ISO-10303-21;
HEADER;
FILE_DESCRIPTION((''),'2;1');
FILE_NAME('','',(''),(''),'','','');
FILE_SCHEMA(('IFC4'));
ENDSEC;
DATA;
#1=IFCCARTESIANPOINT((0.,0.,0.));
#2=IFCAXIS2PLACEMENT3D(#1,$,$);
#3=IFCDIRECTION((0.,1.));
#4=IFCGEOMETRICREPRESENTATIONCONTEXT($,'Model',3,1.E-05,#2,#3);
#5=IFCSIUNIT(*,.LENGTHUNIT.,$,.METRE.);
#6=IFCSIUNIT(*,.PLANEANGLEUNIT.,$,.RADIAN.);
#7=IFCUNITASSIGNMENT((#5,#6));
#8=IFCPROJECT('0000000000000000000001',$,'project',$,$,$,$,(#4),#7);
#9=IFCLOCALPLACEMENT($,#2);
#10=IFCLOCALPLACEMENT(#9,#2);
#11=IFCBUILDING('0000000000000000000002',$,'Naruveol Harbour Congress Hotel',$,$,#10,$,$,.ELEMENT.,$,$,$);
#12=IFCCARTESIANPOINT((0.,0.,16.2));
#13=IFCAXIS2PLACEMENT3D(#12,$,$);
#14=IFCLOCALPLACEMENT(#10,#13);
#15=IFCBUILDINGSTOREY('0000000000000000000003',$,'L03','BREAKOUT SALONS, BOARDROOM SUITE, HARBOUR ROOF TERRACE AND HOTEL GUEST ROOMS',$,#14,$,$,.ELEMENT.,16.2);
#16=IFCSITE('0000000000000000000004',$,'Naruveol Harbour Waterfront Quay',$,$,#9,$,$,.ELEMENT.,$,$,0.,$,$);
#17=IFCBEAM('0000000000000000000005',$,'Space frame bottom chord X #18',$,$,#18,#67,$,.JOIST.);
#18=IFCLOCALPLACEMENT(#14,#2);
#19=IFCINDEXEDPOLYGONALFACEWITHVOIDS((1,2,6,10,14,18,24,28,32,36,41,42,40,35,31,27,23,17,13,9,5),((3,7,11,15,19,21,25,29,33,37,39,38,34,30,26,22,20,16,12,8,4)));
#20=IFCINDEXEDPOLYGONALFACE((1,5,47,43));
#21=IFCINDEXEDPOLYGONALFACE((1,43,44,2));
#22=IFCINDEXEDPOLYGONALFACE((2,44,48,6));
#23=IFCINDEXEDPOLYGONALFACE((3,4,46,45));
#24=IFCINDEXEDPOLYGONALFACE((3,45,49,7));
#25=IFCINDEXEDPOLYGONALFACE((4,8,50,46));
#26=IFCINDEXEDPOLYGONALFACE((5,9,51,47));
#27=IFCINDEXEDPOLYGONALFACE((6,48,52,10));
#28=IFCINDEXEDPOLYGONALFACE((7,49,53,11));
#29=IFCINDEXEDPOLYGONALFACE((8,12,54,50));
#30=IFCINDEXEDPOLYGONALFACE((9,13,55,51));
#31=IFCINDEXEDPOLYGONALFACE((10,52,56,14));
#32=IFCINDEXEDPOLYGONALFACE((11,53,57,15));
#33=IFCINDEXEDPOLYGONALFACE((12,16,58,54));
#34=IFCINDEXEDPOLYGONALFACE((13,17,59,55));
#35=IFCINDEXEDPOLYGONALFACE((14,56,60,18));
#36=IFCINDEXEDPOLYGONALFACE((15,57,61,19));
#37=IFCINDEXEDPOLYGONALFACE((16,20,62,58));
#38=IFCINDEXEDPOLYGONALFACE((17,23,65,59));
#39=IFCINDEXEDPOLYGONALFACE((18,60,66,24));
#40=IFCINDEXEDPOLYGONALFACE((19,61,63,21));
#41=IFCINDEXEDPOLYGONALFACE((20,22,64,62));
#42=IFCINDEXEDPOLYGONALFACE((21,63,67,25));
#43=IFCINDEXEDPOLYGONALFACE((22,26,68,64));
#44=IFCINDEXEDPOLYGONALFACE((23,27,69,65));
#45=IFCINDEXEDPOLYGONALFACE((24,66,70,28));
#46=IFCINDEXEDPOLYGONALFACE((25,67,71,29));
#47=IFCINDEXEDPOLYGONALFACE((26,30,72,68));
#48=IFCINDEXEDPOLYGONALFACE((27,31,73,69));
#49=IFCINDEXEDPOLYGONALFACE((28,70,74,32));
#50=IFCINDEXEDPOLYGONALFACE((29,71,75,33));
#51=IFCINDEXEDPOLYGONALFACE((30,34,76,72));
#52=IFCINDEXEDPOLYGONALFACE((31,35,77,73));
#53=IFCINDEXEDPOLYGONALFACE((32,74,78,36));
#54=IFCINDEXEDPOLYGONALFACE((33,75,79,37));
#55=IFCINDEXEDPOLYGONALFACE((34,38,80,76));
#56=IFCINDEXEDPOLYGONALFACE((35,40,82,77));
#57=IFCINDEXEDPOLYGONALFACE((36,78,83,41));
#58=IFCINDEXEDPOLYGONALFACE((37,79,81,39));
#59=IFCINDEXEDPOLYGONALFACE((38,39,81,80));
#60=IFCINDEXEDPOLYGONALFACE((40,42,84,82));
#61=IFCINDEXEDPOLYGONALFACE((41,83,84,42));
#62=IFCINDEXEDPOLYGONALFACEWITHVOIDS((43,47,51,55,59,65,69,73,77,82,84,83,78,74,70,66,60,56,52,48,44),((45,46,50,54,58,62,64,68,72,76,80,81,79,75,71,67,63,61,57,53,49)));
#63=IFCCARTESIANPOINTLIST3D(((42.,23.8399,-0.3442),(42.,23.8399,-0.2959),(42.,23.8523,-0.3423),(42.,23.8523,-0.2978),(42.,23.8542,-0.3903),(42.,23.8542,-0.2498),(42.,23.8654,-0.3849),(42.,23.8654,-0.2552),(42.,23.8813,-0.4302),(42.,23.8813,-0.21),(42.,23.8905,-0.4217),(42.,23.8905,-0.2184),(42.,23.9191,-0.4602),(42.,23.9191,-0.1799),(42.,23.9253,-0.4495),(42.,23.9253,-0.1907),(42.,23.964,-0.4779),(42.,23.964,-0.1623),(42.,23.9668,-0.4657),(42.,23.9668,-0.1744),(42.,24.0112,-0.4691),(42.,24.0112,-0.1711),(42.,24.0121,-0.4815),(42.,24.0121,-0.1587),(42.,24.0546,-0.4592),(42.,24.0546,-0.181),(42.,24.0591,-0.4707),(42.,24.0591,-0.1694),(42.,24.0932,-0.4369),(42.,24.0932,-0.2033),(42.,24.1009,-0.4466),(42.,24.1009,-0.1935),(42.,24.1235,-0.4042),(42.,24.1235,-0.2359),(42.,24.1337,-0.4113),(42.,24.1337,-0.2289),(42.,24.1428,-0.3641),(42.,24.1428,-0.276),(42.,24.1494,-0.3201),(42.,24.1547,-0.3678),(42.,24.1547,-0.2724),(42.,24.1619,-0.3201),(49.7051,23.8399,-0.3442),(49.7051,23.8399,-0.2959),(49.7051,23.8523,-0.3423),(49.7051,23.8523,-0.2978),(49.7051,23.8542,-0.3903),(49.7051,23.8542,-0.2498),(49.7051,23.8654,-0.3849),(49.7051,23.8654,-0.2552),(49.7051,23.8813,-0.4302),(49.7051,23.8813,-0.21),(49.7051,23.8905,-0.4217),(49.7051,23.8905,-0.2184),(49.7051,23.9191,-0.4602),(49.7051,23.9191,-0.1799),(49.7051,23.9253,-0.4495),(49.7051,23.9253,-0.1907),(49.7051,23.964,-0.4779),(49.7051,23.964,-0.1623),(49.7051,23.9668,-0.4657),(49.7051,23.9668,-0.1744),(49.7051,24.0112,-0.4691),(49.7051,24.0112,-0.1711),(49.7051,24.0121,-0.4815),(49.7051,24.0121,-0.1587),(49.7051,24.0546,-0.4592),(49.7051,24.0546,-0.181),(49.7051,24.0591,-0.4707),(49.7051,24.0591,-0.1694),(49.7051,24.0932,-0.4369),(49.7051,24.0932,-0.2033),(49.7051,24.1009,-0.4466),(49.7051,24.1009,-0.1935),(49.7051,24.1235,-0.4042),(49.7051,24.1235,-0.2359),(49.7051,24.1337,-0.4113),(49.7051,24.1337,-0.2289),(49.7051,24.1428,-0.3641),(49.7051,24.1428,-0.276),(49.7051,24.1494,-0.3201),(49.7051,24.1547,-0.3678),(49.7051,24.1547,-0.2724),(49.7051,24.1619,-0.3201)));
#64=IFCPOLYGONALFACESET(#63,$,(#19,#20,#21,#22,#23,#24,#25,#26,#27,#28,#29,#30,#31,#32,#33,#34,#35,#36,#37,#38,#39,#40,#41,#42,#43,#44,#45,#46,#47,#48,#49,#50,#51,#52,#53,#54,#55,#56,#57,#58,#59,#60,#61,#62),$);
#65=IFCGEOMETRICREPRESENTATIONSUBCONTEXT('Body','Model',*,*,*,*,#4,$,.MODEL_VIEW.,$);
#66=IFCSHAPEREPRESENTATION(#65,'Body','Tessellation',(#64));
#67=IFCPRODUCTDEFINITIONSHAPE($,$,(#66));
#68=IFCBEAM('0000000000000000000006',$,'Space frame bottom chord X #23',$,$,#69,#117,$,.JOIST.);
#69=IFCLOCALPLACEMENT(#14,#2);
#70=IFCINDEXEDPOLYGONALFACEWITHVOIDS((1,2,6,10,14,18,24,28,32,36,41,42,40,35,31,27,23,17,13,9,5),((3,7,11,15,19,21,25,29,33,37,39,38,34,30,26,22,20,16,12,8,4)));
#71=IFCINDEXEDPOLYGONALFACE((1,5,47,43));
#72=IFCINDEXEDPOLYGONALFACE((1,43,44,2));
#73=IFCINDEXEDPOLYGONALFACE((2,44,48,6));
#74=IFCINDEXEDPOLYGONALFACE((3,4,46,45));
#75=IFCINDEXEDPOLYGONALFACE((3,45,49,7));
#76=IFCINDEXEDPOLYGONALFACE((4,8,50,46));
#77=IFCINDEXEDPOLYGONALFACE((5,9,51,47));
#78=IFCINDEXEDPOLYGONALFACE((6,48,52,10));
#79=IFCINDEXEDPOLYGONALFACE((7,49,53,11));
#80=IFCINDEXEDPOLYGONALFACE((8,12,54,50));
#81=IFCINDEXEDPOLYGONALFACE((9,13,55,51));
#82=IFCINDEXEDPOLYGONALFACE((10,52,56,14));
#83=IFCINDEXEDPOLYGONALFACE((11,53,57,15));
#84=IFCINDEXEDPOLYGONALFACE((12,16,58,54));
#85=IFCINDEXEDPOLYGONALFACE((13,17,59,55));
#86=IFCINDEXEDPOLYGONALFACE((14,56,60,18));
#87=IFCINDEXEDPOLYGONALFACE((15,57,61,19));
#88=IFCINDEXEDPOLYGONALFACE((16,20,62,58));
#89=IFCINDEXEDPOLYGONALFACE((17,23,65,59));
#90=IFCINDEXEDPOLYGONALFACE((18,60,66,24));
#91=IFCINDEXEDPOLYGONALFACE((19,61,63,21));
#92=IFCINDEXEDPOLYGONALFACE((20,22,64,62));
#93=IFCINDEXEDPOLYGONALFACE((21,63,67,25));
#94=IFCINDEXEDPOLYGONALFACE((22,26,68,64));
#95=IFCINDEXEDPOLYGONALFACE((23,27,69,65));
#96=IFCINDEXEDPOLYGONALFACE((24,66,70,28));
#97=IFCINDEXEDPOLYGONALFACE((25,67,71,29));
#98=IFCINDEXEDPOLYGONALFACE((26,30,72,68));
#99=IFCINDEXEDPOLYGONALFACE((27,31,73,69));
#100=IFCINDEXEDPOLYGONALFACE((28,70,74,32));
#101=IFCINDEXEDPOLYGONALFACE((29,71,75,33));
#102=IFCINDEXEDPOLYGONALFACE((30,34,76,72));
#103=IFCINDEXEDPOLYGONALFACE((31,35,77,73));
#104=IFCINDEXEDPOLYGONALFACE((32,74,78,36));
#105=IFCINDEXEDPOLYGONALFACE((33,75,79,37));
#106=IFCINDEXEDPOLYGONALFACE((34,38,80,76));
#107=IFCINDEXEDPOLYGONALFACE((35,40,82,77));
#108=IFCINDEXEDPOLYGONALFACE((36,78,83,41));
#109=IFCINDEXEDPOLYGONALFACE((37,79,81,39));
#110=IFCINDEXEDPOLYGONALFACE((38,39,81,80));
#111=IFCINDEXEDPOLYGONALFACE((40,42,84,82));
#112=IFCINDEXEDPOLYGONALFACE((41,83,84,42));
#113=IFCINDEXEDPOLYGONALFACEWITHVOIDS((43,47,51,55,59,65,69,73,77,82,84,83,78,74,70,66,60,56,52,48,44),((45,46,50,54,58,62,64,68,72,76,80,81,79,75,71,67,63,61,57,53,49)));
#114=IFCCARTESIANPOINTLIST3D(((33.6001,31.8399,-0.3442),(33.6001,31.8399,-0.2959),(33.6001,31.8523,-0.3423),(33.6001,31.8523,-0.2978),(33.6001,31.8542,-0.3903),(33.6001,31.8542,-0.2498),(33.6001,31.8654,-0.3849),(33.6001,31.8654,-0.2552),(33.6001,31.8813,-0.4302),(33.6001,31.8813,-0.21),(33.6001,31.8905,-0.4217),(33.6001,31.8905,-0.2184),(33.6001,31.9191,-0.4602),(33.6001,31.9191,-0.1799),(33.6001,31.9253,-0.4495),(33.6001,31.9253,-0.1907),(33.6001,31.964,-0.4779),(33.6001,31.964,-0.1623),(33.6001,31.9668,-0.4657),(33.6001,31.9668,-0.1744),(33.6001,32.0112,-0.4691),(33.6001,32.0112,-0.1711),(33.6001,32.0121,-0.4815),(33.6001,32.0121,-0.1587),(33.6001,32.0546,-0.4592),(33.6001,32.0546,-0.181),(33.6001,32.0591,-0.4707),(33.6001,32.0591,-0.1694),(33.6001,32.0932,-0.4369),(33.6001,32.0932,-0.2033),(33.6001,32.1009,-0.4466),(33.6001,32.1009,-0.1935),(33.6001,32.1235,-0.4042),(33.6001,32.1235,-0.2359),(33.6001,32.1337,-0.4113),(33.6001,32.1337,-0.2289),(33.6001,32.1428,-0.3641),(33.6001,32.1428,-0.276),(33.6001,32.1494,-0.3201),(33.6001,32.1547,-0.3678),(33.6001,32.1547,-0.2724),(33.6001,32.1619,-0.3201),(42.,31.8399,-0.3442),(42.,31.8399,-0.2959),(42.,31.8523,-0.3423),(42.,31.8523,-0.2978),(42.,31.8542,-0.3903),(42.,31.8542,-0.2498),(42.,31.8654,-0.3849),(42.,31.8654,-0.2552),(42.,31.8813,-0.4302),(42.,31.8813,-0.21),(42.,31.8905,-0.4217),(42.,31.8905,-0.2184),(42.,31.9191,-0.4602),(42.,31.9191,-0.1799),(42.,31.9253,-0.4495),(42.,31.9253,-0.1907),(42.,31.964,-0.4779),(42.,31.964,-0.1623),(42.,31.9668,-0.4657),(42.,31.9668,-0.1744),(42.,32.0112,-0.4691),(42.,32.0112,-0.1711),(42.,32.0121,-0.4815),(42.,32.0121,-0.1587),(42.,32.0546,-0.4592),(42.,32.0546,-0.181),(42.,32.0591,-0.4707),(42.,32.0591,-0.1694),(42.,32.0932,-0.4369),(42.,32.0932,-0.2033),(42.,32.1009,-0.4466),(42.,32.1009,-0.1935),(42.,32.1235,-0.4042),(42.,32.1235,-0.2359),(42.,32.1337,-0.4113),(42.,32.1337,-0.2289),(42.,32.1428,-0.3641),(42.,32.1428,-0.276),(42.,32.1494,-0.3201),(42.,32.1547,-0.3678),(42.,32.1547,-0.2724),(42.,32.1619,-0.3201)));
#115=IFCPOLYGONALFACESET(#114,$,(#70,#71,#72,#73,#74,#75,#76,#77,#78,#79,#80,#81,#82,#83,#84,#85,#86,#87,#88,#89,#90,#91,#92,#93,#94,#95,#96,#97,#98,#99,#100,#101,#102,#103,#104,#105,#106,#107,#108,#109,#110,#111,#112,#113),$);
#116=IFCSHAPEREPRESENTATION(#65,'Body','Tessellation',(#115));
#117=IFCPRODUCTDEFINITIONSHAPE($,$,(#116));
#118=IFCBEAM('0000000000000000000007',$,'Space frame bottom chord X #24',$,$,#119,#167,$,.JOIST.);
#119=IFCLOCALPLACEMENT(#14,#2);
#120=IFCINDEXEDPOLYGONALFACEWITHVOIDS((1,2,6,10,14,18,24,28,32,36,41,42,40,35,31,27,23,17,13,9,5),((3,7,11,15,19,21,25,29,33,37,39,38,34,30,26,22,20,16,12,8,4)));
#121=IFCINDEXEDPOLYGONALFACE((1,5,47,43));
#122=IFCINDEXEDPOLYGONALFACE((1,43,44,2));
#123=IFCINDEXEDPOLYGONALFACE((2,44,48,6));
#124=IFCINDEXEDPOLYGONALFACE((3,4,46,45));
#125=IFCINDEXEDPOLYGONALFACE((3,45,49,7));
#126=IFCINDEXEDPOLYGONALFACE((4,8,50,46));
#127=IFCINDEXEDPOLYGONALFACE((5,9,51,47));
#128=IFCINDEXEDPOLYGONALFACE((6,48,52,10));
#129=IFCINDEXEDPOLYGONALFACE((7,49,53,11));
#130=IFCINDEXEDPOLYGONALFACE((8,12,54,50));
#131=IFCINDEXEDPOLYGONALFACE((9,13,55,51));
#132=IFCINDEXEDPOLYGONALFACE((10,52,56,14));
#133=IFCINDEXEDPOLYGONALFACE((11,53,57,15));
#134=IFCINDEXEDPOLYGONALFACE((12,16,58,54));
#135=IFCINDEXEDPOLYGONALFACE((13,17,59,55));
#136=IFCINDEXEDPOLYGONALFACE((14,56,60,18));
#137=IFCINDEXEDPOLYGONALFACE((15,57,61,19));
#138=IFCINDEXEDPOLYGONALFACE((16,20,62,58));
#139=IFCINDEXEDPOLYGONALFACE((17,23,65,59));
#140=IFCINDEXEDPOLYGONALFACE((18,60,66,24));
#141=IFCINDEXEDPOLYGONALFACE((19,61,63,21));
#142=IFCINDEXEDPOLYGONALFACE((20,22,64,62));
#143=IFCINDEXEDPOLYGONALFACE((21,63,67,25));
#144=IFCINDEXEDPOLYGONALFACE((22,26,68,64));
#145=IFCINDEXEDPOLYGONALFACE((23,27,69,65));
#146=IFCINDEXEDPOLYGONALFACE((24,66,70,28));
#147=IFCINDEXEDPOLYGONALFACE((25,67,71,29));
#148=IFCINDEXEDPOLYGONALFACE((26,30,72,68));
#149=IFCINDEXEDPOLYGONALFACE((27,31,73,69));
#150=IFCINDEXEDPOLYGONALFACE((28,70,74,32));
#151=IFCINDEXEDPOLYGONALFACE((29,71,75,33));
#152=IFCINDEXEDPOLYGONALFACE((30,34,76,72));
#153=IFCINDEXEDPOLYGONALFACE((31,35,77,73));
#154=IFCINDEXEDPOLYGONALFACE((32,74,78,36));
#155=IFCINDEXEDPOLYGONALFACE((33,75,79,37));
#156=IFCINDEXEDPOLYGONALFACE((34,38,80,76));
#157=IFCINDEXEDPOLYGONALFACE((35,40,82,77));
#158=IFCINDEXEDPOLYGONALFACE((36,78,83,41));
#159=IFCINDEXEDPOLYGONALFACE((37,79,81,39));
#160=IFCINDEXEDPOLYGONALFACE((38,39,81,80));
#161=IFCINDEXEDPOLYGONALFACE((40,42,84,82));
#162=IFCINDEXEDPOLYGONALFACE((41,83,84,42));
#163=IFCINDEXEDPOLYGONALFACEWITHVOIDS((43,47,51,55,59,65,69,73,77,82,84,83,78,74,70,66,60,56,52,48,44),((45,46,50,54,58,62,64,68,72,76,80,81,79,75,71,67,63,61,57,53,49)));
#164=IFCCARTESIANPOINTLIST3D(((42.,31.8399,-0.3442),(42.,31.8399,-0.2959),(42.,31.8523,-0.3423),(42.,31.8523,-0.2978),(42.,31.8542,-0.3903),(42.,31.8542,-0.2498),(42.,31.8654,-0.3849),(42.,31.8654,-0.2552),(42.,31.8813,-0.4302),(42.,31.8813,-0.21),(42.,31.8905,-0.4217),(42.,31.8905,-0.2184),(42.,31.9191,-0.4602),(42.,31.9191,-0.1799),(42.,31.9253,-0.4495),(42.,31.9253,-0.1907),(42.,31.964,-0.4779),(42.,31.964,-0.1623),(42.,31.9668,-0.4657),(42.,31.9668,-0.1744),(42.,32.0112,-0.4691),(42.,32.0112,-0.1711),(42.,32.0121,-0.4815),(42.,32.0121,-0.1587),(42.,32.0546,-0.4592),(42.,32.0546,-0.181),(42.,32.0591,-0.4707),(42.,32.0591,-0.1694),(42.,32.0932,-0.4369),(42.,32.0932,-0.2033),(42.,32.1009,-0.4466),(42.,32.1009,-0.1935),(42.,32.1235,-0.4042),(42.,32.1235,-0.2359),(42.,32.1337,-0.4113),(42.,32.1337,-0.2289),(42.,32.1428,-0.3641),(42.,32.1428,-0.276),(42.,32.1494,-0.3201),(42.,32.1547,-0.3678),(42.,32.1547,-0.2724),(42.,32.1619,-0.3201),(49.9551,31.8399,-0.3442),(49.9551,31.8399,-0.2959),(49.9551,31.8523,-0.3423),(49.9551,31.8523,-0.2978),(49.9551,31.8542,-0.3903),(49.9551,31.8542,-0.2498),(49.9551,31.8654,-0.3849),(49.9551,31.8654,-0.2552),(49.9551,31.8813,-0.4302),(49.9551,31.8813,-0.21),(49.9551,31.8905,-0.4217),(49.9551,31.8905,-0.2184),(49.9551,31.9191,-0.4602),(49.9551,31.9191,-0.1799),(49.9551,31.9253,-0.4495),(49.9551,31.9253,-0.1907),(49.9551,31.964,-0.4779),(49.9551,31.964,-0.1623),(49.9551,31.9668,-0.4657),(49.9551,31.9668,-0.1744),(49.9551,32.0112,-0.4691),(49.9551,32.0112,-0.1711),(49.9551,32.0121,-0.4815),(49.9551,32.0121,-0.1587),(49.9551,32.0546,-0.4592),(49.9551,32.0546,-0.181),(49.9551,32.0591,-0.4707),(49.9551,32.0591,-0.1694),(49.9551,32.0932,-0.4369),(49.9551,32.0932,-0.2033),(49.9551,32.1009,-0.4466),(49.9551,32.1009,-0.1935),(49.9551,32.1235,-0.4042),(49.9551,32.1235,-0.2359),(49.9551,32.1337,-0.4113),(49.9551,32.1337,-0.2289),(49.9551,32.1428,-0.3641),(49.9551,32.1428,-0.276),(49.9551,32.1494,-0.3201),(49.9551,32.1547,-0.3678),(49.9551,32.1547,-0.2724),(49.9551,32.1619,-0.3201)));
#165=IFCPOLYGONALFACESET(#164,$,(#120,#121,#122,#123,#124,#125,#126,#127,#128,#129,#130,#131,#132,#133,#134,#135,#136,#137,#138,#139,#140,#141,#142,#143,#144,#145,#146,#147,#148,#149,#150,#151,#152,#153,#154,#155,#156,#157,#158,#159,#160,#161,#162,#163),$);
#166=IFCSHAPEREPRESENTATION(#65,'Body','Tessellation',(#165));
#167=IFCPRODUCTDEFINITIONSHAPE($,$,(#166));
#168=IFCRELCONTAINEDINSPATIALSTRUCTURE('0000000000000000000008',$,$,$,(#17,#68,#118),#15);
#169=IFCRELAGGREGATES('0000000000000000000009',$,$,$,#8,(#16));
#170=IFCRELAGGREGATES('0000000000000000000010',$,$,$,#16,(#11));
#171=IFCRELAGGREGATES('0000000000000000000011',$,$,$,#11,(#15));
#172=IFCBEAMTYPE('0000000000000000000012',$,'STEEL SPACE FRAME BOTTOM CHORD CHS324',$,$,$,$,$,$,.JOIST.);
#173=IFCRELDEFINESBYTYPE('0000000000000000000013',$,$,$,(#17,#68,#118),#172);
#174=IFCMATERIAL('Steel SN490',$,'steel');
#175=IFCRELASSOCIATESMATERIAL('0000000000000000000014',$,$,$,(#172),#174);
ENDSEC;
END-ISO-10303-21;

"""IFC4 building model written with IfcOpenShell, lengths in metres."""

from ifc_helpers import new_model, si_unit, direction, frame, origin, origin_2d, place, context, subcontext, project, spatial, hollow_circle, extrude, material, material_profile, profile_set, type_object, element, save


model = new_model("IFC4")

# Units and contexts
model_context = context("Model", 3, precision=1e-05, world=origin(), true_north=direction((0.0, 1.0)))
body_context = subcontext(model_context, "Body", "Model", "MODEL_VIEW")
ifc_project = project(units=[si_unit("LENGTHUNIT", "METRE"), si_unit("PLANEANGLEUNIT", "RADIAN")], contexts=[model_context])

# Site, building, storey
site_placement = place(None, origin())
site = spatial("IfcSite", under=ifc_project, at=site_placement, Name="Naruveol Harbour Waterfront Quay", CompositionType="ELEMENT", RefElevation=0.0)
building_placement = place(site_placement, origin())
building = spatial("IfcBuilding", under=site, at=building_placement, Name="Naruveol Harbour Congress Hotel", CompositionType="ELEMENT")
storey_placement = place(building_placement, frame((0.0, 0.0, 16.2)))
storey = spatial("IfcBuildingStorey", under=building, at=storey_placement, Name="L03", Description="BREAKOUT SALONS, BOARDROOM SUITE, HARBOUR ROOF TERRACE AND HOTEL GUEST ROOMS", CompositionType="ELEMENT", Elevation=16.2)

# Beams
ifc_material_1 = material(Name="Steel SN490", Category="steel")
ifc_material_profile_1 = material_profile(ifc_material_1, hollow_circle(Radius=0.1619, WallThickness=0.0125, at=origin_2d()), Name="CHS-323.9x12.5")
ifc_profile_set_1 = profile_set([ifc_material_profile_1], Name="Steel SN490")
beam_type_1 = type_object("IfcBeamType", Name="STEEL SPACE FRAME BOTTOM CHORD CHS324", PredefinedType="JOIST", material=ifc_profile_set_1)
beam_1_placement = place(storey_placement, frame((42.0, 24.0, -0.3201), z_axis=(1.0, 0.0, 0.0), x_axis=(0.0, 1.0, 0.0)))
element("IfcBeam", 1, at=beam_1_placement, inside=storey, type_object=beam_type_1, Name="Space frame bottom chord X #18", PredefinedType="JOIST", context=body_context, shape_type="SweptSolid", body=[
    extrude(hollow_circle(Radius=0.1619, WallThickness=0.0125, at=origin_2d()), origin(), (0.0, 0.0, 1.0), 7.7051),
])
beam_2_placement = place(storey_placement, frame((33.6001, 32.0, -0.3201), z_axis=(1.0, 0.0, 0.0), x_axis=(0.0, 1.0, 0.0)))
element("IfcBeam", 2, at=beam_2_placement, inside=storey, type_object=beam_type_1, Name="Space frame bottom chord X #23", PredefinedType="JOIST", context=body_context, shape_type="SweptSolid", body=[
    extrude(hollow_circle(Radius=0.1619, WallThickness=0.0125, at=origin_2d()), origin(), (0.0, 0.0, 1.0), 8.3999),
])
beam_3_placement = place(storey_placement, frame((42.0, 32.0, -0.3201), z_axis=(1.0, 0.0, 0.0), x_axis=(0.0, 1.0, 0.0)))
element("IfcBeam", 3, at=beam_3_placement, inside=storey, type_object=beam_type_1, Name="Space frame bottom chord X #24", PredefinedType="JOIST", context=body_context, shape_type="SweptSolid", body=[
    extrude(hollow_circle(Radius=0.1619, WallThickness=0.0125, at=origin_2d()), origin(), (0.0, 0.0, 1.0), 7.9551),
])

save(model, "model.ifc")
